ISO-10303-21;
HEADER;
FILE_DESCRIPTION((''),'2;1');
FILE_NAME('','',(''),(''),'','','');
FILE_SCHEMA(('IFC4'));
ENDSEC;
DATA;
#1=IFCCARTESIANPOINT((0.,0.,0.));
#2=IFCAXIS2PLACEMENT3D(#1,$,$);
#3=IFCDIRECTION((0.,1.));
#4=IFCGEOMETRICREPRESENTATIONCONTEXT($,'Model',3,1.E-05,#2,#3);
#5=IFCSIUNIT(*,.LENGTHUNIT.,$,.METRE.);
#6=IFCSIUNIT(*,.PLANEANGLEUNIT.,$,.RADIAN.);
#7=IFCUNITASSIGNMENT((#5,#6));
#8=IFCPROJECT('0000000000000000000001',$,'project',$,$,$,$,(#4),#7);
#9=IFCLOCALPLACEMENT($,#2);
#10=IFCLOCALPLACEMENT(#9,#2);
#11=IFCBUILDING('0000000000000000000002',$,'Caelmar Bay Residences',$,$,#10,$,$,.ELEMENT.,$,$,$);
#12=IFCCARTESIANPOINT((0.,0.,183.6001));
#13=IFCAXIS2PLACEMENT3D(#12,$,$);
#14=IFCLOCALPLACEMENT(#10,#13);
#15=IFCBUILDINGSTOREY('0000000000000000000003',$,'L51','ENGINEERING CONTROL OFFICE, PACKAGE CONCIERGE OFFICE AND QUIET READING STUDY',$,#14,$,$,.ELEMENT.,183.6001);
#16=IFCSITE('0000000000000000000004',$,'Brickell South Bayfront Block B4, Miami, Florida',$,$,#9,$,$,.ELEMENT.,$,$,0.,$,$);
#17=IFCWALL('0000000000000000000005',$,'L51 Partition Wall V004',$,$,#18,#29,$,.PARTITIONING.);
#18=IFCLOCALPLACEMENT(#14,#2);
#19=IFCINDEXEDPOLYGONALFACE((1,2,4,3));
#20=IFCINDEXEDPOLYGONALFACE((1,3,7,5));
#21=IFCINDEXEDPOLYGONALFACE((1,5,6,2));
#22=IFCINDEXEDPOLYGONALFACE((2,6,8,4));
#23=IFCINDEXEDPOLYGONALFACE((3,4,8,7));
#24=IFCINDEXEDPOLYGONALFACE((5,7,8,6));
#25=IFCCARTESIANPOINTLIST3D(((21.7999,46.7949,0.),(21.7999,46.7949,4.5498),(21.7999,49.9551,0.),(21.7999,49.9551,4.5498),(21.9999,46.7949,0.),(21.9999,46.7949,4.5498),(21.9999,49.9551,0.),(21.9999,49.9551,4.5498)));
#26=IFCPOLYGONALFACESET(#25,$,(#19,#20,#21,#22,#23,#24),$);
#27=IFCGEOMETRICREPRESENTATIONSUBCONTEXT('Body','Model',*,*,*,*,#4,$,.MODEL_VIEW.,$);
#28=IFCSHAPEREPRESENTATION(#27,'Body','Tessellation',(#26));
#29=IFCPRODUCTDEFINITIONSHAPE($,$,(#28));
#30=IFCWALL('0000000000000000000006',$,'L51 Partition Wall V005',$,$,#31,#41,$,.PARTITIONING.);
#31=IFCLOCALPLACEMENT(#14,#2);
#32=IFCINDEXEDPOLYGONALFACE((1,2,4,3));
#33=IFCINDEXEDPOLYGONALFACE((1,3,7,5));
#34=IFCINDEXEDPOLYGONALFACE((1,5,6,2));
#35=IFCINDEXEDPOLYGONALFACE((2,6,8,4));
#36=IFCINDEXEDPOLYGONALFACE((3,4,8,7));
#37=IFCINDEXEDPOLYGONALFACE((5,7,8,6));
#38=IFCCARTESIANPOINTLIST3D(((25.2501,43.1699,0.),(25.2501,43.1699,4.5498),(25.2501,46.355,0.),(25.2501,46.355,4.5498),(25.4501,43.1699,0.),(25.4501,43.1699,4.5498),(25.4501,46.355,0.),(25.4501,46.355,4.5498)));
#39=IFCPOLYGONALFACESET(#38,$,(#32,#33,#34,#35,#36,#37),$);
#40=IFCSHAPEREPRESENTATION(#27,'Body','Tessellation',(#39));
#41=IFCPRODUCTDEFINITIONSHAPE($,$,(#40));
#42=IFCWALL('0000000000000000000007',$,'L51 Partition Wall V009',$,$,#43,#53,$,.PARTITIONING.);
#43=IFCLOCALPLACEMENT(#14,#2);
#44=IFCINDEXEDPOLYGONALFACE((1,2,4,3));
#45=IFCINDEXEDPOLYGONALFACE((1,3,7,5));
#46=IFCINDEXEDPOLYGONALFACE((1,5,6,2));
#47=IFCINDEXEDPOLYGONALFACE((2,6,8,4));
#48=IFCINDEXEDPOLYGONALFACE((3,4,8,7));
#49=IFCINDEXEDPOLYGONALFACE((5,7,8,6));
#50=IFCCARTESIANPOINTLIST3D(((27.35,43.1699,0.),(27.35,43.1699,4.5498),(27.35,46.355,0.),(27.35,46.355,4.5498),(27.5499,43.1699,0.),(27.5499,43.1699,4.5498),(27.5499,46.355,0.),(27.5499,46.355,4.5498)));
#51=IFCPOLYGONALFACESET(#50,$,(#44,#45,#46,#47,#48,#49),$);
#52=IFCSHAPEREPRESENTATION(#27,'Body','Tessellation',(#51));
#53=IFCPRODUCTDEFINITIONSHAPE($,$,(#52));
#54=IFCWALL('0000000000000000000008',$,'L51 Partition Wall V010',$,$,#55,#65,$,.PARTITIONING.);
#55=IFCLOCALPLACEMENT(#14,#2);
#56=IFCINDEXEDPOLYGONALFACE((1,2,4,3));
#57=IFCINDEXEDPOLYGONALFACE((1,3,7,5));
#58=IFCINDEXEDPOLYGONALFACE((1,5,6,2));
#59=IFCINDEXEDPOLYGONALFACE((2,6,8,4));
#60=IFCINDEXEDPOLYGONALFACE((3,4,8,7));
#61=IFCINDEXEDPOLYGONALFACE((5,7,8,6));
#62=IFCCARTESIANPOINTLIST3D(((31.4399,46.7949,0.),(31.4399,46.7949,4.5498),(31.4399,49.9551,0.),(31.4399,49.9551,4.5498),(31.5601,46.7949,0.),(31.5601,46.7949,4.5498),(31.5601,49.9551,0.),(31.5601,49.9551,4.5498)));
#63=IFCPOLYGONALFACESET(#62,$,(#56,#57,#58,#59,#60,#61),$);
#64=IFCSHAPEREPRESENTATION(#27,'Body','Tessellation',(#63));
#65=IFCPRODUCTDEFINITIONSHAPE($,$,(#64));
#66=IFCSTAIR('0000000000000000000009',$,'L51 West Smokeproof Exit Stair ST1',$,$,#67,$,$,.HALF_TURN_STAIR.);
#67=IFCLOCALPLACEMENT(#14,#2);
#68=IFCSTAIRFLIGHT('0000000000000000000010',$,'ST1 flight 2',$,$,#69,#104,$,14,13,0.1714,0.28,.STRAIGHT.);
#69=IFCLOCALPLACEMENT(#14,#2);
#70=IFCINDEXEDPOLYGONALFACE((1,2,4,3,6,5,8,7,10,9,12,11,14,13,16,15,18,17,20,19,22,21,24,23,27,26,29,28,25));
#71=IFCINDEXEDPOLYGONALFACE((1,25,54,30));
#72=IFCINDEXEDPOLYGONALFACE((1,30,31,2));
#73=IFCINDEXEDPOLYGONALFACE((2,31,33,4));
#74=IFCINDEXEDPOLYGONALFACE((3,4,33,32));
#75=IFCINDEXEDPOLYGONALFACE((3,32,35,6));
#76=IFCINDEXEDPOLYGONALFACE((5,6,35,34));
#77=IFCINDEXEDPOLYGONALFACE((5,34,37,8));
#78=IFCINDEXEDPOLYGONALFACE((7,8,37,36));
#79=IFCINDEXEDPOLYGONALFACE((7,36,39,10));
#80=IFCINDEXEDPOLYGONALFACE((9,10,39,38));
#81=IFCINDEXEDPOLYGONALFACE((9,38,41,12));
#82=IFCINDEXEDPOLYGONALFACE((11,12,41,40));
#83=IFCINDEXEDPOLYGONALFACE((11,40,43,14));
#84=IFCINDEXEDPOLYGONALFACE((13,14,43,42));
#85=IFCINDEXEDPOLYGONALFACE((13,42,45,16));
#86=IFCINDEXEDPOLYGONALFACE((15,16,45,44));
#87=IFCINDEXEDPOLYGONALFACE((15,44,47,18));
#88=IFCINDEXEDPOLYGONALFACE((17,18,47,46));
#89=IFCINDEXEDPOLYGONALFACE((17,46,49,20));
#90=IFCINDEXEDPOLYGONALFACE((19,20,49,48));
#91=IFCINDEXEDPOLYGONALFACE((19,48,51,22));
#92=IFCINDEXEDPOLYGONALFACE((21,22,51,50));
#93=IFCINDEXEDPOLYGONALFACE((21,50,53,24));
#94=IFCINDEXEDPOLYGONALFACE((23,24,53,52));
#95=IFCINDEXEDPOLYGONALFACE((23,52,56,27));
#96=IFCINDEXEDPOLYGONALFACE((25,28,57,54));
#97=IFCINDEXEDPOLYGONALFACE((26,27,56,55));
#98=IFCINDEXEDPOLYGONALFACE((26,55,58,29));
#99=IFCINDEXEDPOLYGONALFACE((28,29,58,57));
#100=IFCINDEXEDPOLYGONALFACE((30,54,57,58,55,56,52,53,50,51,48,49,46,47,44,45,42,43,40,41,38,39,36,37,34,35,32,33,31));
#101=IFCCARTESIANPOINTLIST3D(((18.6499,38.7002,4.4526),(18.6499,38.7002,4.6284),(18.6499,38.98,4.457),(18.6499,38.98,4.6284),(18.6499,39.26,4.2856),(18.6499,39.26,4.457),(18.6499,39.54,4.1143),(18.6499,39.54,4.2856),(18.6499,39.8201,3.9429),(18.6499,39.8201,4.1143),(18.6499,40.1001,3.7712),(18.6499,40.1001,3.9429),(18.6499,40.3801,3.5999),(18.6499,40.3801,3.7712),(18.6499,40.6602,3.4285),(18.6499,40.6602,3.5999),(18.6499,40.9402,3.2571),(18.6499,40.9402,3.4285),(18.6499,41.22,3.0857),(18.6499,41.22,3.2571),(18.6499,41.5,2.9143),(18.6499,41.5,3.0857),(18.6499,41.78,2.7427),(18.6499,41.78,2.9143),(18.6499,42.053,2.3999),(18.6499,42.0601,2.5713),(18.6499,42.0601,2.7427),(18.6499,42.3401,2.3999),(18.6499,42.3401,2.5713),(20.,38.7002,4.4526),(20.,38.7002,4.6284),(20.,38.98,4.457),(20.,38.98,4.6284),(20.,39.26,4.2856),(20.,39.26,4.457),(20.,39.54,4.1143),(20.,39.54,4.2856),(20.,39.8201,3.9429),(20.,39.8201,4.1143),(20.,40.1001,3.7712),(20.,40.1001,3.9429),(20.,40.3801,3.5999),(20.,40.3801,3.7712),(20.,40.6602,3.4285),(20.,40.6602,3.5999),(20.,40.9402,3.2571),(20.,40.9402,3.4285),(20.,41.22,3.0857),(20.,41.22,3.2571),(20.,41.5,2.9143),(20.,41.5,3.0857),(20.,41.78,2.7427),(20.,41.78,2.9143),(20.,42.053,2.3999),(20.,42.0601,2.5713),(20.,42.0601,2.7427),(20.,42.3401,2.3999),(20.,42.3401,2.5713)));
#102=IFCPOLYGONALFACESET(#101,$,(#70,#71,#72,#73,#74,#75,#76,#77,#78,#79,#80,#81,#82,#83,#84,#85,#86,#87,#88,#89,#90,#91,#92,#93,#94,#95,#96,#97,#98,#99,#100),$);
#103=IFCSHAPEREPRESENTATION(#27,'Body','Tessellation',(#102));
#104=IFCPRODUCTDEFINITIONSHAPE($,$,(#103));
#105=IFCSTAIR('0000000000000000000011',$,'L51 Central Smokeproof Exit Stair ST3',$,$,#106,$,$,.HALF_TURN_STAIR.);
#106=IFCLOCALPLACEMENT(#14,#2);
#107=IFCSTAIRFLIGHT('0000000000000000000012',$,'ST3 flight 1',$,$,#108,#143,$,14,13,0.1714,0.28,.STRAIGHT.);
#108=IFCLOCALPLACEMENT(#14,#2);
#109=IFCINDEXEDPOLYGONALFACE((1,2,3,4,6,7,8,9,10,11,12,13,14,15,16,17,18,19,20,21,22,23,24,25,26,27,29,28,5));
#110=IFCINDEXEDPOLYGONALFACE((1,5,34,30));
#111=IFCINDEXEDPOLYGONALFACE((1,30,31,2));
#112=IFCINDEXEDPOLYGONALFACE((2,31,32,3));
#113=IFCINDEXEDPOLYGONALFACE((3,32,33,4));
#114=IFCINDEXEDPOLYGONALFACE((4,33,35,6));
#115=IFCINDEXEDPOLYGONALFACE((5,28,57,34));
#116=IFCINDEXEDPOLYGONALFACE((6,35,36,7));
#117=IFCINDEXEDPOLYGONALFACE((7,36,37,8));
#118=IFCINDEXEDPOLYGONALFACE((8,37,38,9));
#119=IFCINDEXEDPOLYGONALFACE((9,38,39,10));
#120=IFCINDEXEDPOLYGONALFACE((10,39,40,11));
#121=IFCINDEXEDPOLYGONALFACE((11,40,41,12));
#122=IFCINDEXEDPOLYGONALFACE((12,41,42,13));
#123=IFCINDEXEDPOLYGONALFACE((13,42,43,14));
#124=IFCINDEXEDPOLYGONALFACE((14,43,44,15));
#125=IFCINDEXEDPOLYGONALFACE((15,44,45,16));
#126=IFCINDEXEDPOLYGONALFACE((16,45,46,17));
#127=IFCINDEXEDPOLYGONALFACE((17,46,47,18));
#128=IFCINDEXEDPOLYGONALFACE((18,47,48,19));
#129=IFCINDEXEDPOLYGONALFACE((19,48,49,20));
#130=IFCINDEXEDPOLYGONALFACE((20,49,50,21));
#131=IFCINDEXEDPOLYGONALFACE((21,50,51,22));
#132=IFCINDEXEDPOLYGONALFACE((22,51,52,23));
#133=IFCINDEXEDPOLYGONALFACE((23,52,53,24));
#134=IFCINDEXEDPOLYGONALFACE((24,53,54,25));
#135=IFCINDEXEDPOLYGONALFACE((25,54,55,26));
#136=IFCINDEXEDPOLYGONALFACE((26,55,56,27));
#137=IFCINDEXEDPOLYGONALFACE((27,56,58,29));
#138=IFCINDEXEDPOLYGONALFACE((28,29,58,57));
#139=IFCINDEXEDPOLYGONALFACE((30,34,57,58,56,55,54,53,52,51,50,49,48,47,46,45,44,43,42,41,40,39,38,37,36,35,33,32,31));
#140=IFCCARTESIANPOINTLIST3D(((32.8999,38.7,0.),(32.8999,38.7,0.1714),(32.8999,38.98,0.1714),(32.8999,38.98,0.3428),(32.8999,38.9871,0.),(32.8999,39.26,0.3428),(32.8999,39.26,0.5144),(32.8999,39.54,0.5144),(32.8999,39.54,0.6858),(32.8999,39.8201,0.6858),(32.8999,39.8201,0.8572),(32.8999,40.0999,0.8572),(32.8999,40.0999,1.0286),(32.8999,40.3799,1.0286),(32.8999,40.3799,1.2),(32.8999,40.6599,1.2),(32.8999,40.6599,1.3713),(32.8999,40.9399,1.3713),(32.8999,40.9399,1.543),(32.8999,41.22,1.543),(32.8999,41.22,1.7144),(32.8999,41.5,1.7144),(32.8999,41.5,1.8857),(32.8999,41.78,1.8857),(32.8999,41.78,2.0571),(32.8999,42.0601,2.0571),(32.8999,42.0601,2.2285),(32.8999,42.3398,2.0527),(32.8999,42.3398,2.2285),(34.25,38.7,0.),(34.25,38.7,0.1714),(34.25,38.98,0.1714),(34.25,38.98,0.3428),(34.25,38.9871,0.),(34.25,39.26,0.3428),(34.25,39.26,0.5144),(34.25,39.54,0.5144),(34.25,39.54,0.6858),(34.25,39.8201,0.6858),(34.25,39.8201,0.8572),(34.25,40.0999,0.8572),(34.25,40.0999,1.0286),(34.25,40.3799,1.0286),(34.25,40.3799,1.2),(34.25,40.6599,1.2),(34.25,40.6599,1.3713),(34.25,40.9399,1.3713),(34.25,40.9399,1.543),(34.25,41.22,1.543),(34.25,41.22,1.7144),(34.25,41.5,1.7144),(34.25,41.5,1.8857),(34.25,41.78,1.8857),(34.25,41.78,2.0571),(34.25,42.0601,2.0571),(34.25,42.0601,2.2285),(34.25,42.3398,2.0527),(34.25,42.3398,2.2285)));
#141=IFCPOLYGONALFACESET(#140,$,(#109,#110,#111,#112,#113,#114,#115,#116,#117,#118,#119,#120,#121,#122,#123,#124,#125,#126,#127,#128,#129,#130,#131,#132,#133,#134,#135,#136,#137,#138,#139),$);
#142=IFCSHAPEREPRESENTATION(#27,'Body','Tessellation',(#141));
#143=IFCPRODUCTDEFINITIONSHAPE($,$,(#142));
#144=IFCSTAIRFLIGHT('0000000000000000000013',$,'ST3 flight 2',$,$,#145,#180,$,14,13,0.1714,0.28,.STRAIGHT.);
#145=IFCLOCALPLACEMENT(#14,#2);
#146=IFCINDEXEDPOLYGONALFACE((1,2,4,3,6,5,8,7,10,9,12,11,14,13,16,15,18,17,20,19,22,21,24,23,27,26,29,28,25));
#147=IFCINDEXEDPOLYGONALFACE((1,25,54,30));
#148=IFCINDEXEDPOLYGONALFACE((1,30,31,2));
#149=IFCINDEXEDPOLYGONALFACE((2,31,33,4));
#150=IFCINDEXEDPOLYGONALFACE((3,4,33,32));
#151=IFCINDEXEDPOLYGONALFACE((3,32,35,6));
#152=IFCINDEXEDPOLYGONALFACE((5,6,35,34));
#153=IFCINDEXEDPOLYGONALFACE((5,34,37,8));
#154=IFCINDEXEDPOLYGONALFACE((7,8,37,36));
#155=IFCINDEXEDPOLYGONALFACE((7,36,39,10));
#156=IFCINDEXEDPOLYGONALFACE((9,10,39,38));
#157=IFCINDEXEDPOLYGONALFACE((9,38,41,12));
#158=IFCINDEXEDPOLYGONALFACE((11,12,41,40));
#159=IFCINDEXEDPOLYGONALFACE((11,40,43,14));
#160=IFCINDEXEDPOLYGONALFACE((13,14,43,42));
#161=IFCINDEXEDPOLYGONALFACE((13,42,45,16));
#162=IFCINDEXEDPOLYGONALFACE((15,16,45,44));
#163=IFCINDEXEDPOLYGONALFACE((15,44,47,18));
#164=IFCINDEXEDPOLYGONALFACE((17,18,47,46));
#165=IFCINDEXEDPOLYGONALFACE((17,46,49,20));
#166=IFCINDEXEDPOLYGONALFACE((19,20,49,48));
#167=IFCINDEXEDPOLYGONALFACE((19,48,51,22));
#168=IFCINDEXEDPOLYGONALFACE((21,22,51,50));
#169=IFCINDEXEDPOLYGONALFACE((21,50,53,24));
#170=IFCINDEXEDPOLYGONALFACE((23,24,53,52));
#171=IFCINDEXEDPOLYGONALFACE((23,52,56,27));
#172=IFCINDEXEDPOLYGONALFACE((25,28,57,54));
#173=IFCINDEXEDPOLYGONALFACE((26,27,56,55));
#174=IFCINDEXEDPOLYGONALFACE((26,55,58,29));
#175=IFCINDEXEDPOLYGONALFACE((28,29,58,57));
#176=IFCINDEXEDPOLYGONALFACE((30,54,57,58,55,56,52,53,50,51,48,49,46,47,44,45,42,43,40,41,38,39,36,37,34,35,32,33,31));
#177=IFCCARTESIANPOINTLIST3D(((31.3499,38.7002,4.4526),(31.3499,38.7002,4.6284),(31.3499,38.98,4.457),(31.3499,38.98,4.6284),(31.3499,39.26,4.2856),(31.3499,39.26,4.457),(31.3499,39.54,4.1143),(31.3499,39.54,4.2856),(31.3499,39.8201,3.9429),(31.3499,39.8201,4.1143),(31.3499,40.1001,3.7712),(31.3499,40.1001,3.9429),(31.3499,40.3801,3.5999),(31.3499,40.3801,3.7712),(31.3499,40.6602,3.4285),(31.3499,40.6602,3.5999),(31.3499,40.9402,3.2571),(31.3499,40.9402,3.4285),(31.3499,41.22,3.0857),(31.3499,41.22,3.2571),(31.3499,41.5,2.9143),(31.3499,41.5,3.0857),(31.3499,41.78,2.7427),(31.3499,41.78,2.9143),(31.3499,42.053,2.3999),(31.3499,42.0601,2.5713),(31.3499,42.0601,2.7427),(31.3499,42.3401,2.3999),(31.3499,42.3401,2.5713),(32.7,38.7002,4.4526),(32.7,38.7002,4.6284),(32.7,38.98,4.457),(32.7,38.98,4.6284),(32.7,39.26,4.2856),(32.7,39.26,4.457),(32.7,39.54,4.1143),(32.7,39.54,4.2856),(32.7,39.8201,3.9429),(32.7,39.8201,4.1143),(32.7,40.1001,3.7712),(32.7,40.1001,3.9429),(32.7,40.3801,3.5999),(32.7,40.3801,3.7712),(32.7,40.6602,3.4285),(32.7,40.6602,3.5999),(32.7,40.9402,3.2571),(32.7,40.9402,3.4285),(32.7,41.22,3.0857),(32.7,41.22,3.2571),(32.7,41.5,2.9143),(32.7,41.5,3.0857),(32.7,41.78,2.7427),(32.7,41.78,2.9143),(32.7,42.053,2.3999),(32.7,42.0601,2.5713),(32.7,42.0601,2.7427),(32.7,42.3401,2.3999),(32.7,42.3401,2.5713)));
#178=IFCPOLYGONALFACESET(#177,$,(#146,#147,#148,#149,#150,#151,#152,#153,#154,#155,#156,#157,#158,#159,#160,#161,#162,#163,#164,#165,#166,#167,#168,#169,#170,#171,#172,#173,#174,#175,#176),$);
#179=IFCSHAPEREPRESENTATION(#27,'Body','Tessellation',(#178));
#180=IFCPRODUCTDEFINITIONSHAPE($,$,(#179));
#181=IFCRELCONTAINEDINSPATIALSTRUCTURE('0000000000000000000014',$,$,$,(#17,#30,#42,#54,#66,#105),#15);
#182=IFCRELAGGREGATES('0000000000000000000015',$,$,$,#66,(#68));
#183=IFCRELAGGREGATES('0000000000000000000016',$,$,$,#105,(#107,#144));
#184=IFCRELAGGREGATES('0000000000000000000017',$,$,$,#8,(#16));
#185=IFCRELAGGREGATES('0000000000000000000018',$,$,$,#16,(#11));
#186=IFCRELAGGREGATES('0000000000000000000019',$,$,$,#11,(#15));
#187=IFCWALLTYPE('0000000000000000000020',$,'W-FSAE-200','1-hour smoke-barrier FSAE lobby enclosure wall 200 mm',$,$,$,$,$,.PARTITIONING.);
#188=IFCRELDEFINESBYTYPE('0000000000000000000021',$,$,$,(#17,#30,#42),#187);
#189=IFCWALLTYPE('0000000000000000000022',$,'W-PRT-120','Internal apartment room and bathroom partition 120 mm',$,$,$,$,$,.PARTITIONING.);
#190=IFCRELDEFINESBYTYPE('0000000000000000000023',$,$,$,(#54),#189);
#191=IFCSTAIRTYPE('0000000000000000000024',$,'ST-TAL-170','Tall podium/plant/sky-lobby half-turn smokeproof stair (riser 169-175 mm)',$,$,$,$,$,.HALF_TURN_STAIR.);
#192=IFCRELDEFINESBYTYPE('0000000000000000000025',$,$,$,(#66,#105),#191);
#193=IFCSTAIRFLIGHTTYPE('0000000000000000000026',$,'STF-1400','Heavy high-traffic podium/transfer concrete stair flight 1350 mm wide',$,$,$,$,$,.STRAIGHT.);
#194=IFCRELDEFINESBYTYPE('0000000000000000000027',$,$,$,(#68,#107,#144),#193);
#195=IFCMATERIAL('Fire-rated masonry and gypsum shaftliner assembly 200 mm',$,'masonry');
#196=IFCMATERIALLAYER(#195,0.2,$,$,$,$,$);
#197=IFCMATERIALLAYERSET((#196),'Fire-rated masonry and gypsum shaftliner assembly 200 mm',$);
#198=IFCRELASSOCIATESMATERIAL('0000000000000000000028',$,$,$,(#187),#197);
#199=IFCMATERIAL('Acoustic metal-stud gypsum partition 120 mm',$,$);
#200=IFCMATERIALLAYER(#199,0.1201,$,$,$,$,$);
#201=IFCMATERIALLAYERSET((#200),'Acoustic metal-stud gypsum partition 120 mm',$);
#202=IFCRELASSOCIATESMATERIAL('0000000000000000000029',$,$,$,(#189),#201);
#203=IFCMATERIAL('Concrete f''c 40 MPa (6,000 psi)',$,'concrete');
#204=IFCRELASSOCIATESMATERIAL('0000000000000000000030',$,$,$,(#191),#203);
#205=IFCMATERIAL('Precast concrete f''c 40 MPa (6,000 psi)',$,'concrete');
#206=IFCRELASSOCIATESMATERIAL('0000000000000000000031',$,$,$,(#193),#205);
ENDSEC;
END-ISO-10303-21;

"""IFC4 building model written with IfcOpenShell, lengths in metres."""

from ifc_helpers import new_model, si_unit, direction, frame, frame_2d, origin, place, context, subcontext, project, spatial, polyline, rectangle, outline, extrude, material, layer, layer_set, type_object, element, aggregate, save


model = new_model("IFC4")

# Units and contexts
model_context = context("Model", 3, precision=1e-05, world=origin(), true_north=direction((0.0, 1.0)))
body_context = subcontext(model_context, "Body", "Model", "MODEL_VIEW")
ifc_project = project(units=[si_unit("LENGTHUNIT", "METRE"), si_unit("PLANEANGLEUNIT", "RADIAN")], contexts=[model_context])

# Site, building, storey
site_placement = place(None, origin())
site = spatial("IfcSite", under=ifc_project, at=site_placement, Name="Brickell South Bayfront Block B4, Miami, Florida", CompositionType="ELEMENT", RefElevation=0.0)
building_placement = place(site_placement, origin())
building = spatial("IfcBuilding", under=site, at=building_placement, Name="Caelmar Bay Residences", CompositionType="ELEMENT")
storey_placement = place(building_placement, frame((0.0, 0.0, 183.6001)))
storey = spatial("IfcBuildingStorey", under=building, at=storey_placement, Name="L51", Description="ENGINEERING CONTROL OFFICE, PACKAGE CONCIERGE OFFICE AND QUIET READING STUDY", CompositionType="ELEMENT", Elevation=183.6001)

# Walls
ifc_material_1 = material(Name="Fire-rated masonry and gypsum shaftliner assembly 200 mm", Category="masonry")
ifc_layer_1 = layer(ifc_material_1, 0.2)
ifc_layer_set_1 = layer_set([ifc_layer_1], Name="Fire-rated masonry and gypsum shaftliner assembly 200 mm")
wall_type_1 = type_object("IfcWallType", Name="W-FSAE-200", Description="1-hour smoke-barrier FSAE lobby enclosure wall 200 mm", PredefinedType="PARTITIONING", material=ifc_layer_set_1)
wall_1_placement = place(storey_placement, frame((21.8999, 46.7949, 0.0), z_axis=(0.0, 0.0, 1.0), x_axis=(0.0, 1.0, 0.0)))
element("IfcWall", 1, at=wall_1_placement, inside=storey, type_object=wall_type_1, Name="L51 Partition Wall V004", PredefinedType="PARTITIONING", context=body_context, shape_type="SweptSolid", body=[
    extrude(rectangle(XDim=3.1602, YDim=0.2, at=frame_2d((1.5801, 0.0))), origin(), (0.0, 0.0, 1.0), 4.5498),
])
for number, where, z_axis, x_axis, name in (
    (2, (25.3501, 43.1699, 0.0), (0.0, 0.0, 1.0), (0.0, 1.0, 0.0), "L51 Partition Wall V005"),
    (3, (27.45, 43.1699, 0.0), (0.0, 0.0, 1.0), (0.0, 1.0, 0.0), "L51 Partition Wall V009"),
):
    element("IfcWall", number, at=place(storey_placement, frame(where, z_axis=z_axis, x_axis=x_axis)), inside=storey, type_object=wall_type_1, Name=name, PredefinedType="PARTITIONING", context=body_context, shape_type="SweptSolid", body=[
        extrude(rectangle(XDim=3.1851, YDim=0.2, at=frame_2d((1.5925, 0.0))), origin(), (0.0, 0.0, 1.0), 4.5498),
    ])
ifc_material_2 = material(Name="Acoustic metal-stud gypsum partition 120 mm")
ifc_layer_2 = layer(ifc_material_2, 0.1201)
ifc_layer_set_2 = layer_set([ifc_layer_2], Name="Acoustic metal-stud gypsum partition 120 mm")
wall_type_2 = type_object("IfcWallType", Name="W-PRT-120", Description="Internal apartment room and bathroom partition 120 mm", PredefinedType="PARTITIONING", material=ifc_layer_set_2)
wall_2_placement = place(storey_placement, frame((31.5, 46.7949, 0.0), z_axis=(0.0, 0.0, 1.0), x_axis=(0.0, 1.0, 0.0)))
element("IfcWall", 4, at=wall_2_placement, inside=storey, type_object=wall_type_2, Name="L51 Partition Wall V010", PredefinedType="PARTITIONING", context=body_context, shape_type="SweptSolid", body=[
    extrude(rectangle(XDim=3.1602, YDim=0.1201, at=frame_2d((1.5801, 0.0))), origin(), (0.0, 0.0, 1.0), 4.5498),
])

# Stair, stair flight
ifc_material_3 = material(Name="Concrete f'c 40 MPa (6,000 psi)", Category="concrete")
stair_type = type_object("IfcStairType", Name="ST-TAL-170", Description="Tall podium/plant/sky-lobby half-turn smokeproof stair (riser 169-175 mm)", PredefinedType="HALF_TURN_STAIR", material=ifc_material_3)
stair_1_placement = place(storey_placement, origin())
stair_1 = element("IfcStair", 5, at=stair_1_placement, inside=storey, type_object=stair_type, Name="L51 West Smokeproof Exit Stair ST1", PredefinedType="HALF_TURN_STAIR")
ifc_material_4 = material(Name="Precast concrete f'c 40 MPa (6,000 psi)", Category="concrete")
stair_flight_type = type_object("IfcStairFlightType", Name="STF-1400", Description="Heavy high-traffic podium/transfer concrete stair flight 1350 mm wide", PredefinedType="STRAIGHT", material=ifc_material_4)
stair_flight_1_placement = place(storey_placement, frame((19.325, 42.3401, 2.3999), z_axis=(0.0, 0.0, 1.0), x_axis=(0.0, -1.0, 0.0)))
stair_flight_1 = element("IfcStairFlight", 6, at=stair_flight_1_placement, type_object=stair_flight_type, Name="ST1 flight 2", NumberOfRisers=14, NumberOfTreads=13, PredefinedType="STRAIGHT", RiserHeight=0.1714, TreadLength=0.28, context=body_context, shape_type="SweptSolid", body=[
    extrude(outline(polyline([(0.0, 0.0), (0.0, 0.1714), (0.28, 0.1714), (0.28, 0.3428), (0.5601, 0.3428), (0.5601, 0.5144), (0.8401, 0.5144), (0.8401, 0.6858), (1.1201, 0.6858), (1.1201, 0.8572), (1.3999, 0.8572), (1.3999, 1.0286), (1.6799, 1.0286), (1.6799, 1.2), (1.96, 1.2), (1.96, 1.3713), (2.24, 1.3713), (2.24, 1.543), (2.52, 1.543), (2.52, 1.7144), (2.8, 1.7144), (2.8, 1.8857), (3.0801, 1.8857), (3.0801, 2.0571), (3.3601, 2.0571), (3.3601, 2.2285), (3.6399, 2.2285), (3.6399, 2.3999), (3.6399, 2.0527), (0.2871, 0.0), (0.0, 0.0)])), frame((0.0, 0.675, 0.0), z_axis=(0.0, -1.0, 0.0), x_axis=(1.0, 0.0, 0.0)), (0.0, 0.0, 1.0), 1.3501),
])
aggregate(stair_1, [stair_flight_1])

# Stair, stair flights
stair_2_placement = place(storey_placement, origin())
stair_2 = element("IfcStair", 7, at=stair_2_placement, inside=storey, type_object=stair_type, Name="L51 Central Smokeproof Exit Stair ST3", PredefinedType="HALF_TURN_STAIR")
stair_flight_2_placement = place(storey_placement, frame((33.575, 38.7, 0.0), z_axis=(0.0, 0.0, 1.0), x_axis=(0.0, 1.0, 0.0)))
stair_flight_2 = element("IfcStairFlight", 8, at=stair_flight_2_placement, type_object=stair_flight_type, Name="ST3 flight 1", NumberOfRisers=14, NumberOfTreads=13, PredefinedType="STRAIGHT", RiserHeight=0.1714, TreadLength=0.28, context=body_context, shape_type="SweptSolid", body=[
    extrude(outline(polyline([(0.0, 0.0), (0.0, 0.1714), (0.28, 0.1714), (0.28, 0.3428), (0.5601, 0.3428), (0.5601, 0.5144), (0.8401, 0.5144), (0.8401, 0.6858), (1.1201, 0.6858), (1.1201, 0.8572), (1.3999, 0.8572), (1.3999, 1.0286), (1.6799, 1.0286), (1.6799, 1.2), (1.96, 1.2), (1.96, 1.3713), (2.24, 1.3713), (2.24, 1.543), (2.52, 1.543), (2.52, 1.7144), (2.8, 1.7144), (2.8, 1.8857), (3.0801, 1.8857), (3.0801, 2.0571), (3.3601, 2.0571), (3.3601, 2.2285), (3.6399, 2.2285), (3.6399, 2.3999), (3.6399, 2.0527), (0.2871, 0.0), (0.0, 0.0)])), frame((0.0, 0.675, 0.0), z_axis=(0.0, -1.0, 0.0), x_axis=(1.0, 0.0, 0.0)), (0.0, 0.0, 1.0), 1.3501),
])
stair_flight_3_placement = place(storey_placement, frame((32.0249, 42.3401, 2.3999), z_axis=(0.0, 0.0, 1.0), x_axis=(0.0, -1.0, 0.0)))
stair_flight_3 = element("IfcStairFlight", 9, at=stair_flight_3_placement, type_object=stair_flight_type, Name="ST3 flight 2", NumberOfRisers=14, NumberOfTreads=13, PredefinedType="STRAIGHT", RiserHeight=0.1714, TreadLength=0.28, context=body_context, shape_type="SweptSolid", body=[
    extrude(outline(polyline([(0.0, 0.0), (0.0, 0.1714), (0.28, 0.1714), (0.28, 0.3428), (0.5601, 0.3428), (0.5601, 0.5144), (0.8401, 0.5144), (0.8401, 0.6858), (1.1201, 0.6858), (1.1201, 0.8572), (1.3999, 0.8572), (1.3999, 1.0286), (1.6799, 1.0286), (1.6799, 1.2), (1.96, 1.2), (1.96, 1.3713), (2.24, 1.3713), (2.24, 1.543), (2.52, 1.543), (2.52, 1.7144), (2.8, 1.7144), (2.8, 1.8857), (3.0801, 1.8857), (3.0801, 2.0571), (3.3601, 2.0571), (3.3601, 2.2285), (3.6399, 2.2285), (3.6399, 2.3999), (3.6399, 2.0527), (0.2871, 0.0), (0.0, 0.0)])), frame((0.0, 0.675, 0.0), z_axis=(0.0, -1.0, 0.0), x_axis=(1.0, 0.0, 0.0)), (0.0, 0.0, 1.0), 1.3501),
])
aggregate(stair_2, [stair_flight_2, stair_flight_3])

save(model, "model.ifc")
